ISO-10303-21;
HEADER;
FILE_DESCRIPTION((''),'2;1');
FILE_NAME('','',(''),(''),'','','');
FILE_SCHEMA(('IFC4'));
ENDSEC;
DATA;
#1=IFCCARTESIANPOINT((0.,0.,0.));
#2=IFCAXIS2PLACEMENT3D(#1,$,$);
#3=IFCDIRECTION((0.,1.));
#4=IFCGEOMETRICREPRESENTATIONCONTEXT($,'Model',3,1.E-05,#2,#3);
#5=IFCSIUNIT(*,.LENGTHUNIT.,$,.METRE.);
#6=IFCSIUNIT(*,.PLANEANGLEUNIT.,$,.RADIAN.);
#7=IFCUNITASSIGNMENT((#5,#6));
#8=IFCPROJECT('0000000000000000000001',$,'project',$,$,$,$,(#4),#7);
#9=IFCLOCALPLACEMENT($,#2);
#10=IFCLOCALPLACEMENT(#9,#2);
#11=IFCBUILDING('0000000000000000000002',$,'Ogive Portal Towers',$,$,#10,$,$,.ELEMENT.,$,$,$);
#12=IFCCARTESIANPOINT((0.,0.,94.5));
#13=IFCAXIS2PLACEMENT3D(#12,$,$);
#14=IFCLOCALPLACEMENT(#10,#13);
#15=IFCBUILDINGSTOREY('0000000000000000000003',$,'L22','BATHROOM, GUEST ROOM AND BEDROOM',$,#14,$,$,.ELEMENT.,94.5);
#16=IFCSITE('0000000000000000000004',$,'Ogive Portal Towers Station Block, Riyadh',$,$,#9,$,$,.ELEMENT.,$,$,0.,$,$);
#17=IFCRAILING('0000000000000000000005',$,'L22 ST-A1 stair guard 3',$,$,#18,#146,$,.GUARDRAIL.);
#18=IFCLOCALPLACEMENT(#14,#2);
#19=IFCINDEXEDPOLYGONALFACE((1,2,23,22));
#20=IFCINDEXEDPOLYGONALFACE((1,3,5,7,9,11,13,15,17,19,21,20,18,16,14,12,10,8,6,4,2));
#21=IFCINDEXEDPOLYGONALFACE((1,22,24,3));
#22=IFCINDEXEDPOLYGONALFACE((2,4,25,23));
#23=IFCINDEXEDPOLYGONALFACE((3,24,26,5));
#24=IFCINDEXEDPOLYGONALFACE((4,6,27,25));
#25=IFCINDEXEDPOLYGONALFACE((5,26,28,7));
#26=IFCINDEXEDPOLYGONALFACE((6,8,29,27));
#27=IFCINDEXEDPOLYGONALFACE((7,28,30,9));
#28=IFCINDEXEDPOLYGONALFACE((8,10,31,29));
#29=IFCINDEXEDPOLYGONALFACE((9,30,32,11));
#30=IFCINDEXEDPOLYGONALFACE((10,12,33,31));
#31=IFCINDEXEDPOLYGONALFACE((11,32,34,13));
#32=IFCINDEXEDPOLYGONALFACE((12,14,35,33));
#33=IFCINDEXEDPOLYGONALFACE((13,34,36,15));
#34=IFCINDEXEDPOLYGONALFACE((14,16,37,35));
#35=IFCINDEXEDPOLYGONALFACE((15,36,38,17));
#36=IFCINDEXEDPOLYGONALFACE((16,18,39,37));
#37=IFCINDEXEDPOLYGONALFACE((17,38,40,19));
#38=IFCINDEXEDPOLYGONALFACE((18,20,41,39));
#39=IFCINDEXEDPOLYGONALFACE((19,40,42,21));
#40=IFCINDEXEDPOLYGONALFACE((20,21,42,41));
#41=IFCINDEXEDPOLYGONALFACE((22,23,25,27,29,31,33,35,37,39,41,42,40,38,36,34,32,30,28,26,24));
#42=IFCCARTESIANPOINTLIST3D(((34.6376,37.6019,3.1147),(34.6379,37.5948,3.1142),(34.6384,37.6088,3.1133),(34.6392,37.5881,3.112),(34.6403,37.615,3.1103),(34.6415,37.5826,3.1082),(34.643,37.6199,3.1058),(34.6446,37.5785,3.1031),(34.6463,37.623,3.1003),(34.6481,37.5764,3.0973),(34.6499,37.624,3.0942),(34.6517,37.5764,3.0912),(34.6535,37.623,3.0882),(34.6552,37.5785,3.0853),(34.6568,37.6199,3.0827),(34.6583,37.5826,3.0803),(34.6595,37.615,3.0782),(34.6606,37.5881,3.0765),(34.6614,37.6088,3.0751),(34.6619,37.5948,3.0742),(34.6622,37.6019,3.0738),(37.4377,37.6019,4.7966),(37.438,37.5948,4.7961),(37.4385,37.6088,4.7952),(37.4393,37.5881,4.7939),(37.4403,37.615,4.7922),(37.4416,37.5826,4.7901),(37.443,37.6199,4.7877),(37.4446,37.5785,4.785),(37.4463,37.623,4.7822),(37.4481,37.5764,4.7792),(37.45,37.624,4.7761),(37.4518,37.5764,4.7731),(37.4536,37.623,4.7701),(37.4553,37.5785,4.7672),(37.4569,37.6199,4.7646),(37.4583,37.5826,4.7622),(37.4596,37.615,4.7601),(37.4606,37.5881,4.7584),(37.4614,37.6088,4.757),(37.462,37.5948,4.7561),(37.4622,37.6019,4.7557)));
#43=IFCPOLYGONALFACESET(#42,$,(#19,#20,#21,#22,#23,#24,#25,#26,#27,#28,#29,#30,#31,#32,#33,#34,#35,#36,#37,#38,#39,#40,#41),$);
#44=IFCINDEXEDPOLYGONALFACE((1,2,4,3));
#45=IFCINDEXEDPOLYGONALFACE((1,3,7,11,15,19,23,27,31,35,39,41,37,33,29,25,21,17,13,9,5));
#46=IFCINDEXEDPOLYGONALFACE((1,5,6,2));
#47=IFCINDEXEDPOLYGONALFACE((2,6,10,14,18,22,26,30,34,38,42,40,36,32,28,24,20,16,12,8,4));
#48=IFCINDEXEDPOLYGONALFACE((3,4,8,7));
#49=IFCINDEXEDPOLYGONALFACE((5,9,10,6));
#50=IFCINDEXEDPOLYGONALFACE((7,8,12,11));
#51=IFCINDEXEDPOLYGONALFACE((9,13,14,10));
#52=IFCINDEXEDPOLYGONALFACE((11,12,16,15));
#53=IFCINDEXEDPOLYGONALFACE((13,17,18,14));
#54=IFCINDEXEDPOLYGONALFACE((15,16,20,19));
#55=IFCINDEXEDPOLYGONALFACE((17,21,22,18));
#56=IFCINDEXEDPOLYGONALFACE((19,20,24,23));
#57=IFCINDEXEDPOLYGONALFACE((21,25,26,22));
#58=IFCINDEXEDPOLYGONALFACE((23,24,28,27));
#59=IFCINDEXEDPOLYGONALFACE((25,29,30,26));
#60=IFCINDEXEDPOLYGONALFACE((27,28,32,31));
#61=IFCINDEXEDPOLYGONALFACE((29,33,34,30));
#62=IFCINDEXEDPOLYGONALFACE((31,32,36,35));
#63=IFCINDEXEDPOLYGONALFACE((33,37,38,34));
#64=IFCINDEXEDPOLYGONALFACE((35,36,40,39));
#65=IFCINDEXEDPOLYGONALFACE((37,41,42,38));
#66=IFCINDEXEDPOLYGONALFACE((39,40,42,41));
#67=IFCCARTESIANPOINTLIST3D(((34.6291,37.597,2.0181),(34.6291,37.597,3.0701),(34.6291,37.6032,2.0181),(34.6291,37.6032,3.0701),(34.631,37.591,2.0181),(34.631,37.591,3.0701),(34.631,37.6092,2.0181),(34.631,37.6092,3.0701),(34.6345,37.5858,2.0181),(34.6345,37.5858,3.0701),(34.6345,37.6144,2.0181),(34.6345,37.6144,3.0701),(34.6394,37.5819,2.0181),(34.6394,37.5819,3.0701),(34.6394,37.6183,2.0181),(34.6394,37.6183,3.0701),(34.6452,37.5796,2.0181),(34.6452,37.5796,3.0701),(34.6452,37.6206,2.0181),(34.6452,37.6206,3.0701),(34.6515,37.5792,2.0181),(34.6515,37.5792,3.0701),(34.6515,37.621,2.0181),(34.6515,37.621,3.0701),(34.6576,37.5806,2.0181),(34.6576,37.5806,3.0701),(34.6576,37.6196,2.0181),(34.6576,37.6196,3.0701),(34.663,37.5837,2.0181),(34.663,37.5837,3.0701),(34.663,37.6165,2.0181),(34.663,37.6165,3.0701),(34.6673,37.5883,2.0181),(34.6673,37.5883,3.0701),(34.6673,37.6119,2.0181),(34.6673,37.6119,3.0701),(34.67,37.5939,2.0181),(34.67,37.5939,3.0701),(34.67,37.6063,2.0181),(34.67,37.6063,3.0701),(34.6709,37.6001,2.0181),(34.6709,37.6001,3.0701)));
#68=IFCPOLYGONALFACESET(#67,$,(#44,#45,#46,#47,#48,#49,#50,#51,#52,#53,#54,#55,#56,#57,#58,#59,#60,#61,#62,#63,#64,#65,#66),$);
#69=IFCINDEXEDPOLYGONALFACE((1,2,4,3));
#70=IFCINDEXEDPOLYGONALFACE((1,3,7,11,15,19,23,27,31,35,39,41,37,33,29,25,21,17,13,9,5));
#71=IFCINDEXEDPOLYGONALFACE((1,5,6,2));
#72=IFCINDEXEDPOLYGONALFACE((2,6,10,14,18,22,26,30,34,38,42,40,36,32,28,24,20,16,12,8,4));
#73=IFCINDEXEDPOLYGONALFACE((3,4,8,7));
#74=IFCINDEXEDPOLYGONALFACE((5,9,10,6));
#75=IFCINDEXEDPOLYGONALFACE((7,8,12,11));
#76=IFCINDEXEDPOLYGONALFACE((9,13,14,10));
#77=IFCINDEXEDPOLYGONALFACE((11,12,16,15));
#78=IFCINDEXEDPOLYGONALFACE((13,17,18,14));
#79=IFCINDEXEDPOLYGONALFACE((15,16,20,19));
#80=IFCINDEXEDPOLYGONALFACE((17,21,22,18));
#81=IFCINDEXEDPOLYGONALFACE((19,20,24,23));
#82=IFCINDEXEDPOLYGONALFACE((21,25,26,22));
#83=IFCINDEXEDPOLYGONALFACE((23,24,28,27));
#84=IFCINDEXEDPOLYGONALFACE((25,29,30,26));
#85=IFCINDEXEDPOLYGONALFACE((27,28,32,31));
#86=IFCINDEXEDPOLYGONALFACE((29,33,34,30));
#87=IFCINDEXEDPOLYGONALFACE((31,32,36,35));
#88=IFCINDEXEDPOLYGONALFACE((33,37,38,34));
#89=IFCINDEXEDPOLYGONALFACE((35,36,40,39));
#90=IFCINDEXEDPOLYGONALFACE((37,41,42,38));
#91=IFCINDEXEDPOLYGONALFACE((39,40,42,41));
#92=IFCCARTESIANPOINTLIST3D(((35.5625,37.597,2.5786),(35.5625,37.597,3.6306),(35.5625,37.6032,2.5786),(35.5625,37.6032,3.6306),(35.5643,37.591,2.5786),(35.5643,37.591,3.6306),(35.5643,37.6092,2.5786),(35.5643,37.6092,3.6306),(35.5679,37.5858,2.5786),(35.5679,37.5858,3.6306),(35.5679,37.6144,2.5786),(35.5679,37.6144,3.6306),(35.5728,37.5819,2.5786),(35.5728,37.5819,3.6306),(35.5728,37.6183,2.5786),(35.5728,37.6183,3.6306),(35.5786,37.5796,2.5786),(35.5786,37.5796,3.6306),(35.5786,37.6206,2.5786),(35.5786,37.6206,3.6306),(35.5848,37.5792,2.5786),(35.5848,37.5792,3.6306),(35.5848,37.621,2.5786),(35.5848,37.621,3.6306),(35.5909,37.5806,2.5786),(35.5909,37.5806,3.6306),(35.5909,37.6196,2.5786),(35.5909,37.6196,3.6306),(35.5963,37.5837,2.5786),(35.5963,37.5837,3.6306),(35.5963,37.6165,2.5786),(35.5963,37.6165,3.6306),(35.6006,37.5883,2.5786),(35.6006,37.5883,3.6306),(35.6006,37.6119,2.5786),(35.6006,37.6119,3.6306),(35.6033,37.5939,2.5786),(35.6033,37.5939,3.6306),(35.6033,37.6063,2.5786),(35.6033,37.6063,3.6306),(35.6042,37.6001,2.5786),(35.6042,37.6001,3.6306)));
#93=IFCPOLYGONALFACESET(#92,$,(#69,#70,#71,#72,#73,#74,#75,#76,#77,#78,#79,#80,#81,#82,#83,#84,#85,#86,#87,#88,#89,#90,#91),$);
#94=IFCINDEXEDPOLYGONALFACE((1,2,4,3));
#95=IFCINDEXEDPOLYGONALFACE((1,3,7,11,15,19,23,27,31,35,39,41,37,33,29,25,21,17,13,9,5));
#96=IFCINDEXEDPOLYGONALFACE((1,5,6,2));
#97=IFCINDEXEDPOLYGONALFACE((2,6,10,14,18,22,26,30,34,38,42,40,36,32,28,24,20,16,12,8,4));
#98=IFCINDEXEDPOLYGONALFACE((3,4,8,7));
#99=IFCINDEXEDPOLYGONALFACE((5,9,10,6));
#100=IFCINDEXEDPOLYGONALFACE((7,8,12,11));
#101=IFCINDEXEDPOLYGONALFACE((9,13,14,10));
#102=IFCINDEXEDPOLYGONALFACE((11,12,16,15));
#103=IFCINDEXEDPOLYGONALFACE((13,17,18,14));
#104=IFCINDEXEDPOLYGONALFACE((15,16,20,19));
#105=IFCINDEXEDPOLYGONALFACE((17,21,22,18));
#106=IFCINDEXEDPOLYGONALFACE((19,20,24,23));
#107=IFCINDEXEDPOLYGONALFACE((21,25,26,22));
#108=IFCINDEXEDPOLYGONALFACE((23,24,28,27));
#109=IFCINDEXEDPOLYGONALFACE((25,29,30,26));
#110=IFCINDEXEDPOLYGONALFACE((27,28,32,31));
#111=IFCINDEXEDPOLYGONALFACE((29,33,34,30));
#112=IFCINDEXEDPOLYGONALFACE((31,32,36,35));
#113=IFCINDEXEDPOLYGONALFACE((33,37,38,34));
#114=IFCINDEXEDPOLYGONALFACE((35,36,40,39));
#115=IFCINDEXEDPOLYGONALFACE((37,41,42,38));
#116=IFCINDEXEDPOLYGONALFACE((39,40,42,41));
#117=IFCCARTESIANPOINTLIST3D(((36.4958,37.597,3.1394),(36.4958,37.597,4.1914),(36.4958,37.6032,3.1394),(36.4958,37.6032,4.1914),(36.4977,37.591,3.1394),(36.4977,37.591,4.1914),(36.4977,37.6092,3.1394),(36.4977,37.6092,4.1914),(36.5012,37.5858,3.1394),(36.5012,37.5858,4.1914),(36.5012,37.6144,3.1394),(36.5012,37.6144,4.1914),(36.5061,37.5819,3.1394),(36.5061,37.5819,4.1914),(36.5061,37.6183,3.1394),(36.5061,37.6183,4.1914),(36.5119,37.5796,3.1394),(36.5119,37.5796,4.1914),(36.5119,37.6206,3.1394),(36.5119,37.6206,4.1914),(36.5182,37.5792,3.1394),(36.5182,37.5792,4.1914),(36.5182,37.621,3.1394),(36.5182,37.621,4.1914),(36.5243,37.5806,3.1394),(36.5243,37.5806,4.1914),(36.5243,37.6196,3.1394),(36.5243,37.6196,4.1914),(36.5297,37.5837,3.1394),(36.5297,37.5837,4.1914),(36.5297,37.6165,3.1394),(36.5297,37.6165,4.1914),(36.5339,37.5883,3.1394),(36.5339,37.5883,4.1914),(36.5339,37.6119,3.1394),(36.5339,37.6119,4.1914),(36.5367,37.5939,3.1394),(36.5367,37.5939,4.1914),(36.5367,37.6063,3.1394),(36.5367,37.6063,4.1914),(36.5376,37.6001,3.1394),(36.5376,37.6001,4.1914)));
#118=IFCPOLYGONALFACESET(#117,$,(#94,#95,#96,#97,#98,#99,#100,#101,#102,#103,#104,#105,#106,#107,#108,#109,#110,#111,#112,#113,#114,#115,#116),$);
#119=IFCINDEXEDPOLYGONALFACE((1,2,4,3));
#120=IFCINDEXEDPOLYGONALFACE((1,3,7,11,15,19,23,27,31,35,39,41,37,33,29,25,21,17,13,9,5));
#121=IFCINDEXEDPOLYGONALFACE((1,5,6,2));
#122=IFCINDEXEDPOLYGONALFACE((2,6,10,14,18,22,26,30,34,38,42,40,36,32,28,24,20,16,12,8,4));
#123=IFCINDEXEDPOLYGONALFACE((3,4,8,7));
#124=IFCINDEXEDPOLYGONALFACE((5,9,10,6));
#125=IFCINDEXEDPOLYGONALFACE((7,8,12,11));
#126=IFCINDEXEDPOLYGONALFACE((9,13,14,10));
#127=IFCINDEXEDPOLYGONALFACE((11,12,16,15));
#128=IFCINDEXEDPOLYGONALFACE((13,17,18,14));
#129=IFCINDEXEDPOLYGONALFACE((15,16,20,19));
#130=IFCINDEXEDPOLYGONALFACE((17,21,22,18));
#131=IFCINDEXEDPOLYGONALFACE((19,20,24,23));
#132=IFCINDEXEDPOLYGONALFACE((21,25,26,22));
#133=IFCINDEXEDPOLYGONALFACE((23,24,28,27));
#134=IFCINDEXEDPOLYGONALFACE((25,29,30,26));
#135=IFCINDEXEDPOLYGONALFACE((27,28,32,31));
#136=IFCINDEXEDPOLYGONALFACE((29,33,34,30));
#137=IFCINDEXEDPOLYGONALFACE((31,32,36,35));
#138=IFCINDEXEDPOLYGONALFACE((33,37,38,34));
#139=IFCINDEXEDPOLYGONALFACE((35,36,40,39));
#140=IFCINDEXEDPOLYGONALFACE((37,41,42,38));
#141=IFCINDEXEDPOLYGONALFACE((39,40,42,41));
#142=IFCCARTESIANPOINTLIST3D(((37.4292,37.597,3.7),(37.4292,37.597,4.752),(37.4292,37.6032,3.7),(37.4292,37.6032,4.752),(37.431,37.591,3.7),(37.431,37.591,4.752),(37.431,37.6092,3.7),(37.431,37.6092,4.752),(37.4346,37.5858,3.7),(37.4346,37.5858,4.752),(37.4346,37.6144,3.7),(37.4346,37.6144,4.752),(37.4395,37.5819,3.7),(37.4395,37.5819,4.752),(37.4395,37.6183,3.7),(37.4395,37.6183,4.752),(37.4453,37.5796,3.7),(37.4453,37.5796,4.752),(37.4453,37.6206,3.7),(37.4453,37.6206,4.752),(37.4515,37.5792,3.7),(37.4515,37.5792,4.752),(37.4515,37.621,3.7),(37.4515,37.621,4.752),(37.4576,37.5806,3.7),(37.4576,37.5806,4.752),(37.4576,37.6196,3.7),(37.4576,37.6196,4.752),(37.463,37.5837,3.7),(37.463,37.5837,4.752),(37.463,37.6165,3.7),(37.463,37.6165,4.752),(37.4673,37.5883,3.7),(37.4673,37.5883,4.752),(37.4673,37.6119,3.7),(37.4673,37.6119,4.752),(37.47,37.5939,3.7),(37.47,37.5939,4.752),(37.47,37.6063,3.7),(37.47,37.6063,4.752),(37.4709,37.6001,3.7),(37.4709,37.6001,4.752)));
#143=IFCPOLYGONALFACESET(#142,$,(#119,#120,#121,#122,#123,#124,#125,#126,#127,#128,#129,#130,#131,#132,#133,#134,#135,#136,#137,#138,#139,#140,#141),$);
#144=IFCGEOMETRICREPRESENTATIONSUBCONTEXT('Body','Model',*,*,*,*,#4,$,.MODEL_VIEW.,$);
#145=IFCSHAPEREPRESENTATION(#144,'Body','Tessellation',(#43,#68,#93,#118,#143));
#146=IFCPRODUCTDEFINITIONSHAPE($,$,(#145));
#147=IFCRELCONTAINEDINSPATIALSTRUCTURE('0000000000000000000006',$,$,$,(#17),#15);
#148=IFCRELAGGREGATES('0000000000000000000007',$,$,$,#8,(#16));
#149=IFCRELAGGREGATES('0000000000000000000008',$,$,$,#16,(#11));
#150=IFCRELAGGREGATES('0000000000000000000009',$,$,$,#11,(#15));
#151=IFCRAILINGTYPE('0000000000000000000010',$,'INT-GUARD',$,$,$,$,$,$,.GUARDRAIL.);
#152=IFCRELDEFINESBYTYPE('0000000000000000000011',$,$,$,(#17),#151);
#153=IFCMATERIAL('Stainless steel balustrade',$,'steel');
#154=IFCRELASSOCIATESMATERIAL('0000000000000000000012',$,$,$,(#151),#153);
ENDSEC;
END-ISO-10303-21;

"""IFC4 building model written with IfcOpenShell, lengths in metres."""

from ifc_helpers import new_model, si_unit, direction, frame, origin, origin_2d, place, context, subcontext, project, spatial, circle, extrude, material, type_object, element, save


model = new_model("IFC4")

# Units and contexts
model_context = context("Model", 3, precision=1e-05, world=origin(), true_north=direction((0.0, 1.0)))
body_context = subcontext(model_context, "Body", "Model", "MODEL_VIEW")
ifc_project = project(units=[si_unit("LENGTHUNIT", "METRE"), si_unit("PLANEANGLEUNIT", "RADIAN")], contexts=[model_context])

# Site, building, storey
site_placement = place(None, origin())
site = spatial("IfcSite", under=ifc_project, at=site_placement, Name="Ogive Portal Towers Station Block, Riyadh", CompositionType="ELEMENT", RefElevation=0.0)
building_placement = place(site_placement, origin())
building = spatial("IfcBuilding", under=site, at=building_placement, Name="Ogive Portal Towers", CompositionType="ELEMENT")
storey_placement = place(building_placement, frame((0.0, 0.0, 94.5)))
storey = spatial("IfcBuildingStorey", under=building, at=storey_placement, Name="L22", Description="BATHROOM, GUEST ROOM AND BEDROOM", CompositionType="ELEMENT", Elevation=94.5)

# Railing
ifc_material_1 = material(Name="Stainless steel balustrade", Category="steel")
railing_type_1 = type_object("IfcRailingType", Name="INT-GUARD", PredefinedType="GUARDRAIL", material=ifc_material_1)
railing_1_placement = place(storey_placement, frame((34.6499, 37.6001, 2.0181)))
element("IfcRailing", 1, at=railing_1_placement, inside=storey, type_object=railing_type_1, Name="L22 ST-A1 stair guard 3", PredefinedType="GUARDRAIL", context=body_context, shape_type="SweptSolid", body=[
    extrude(circle(Radius=0.0239, at=origin_2d()), frame((0.0, 0.0, 1.0762), z_axis=(0.857242, 0.0, 0.514913), x_axis=(0.0, 1.0, 0.0)), (0.0, 0.0, 1.0), 3.2664),
    extrude(circle(Radius=0.021, at=origin_2d()), origin(), (0.0, 0.0, 1.0), 1.052),
    extrude(circle(Radius=0.021, at=origin_2d()), frame((0.9333, 0.0, 0.5605)), (0.0, 0.0, 1.0), 1.052),
    extrude(circle(Radius=0.021, at=origin_2d()), frame((1.8667, 0.0, 1.1213)), (0.0, 0.0, 1.0), 1.052),
    extrude(circle(Radius=0.021, at=origin_2d()), frame((2.8, 0.0, 1.6819)), (0.0, 0.0, 1.0), 1.052),
])

save(model, "model.ifc")
